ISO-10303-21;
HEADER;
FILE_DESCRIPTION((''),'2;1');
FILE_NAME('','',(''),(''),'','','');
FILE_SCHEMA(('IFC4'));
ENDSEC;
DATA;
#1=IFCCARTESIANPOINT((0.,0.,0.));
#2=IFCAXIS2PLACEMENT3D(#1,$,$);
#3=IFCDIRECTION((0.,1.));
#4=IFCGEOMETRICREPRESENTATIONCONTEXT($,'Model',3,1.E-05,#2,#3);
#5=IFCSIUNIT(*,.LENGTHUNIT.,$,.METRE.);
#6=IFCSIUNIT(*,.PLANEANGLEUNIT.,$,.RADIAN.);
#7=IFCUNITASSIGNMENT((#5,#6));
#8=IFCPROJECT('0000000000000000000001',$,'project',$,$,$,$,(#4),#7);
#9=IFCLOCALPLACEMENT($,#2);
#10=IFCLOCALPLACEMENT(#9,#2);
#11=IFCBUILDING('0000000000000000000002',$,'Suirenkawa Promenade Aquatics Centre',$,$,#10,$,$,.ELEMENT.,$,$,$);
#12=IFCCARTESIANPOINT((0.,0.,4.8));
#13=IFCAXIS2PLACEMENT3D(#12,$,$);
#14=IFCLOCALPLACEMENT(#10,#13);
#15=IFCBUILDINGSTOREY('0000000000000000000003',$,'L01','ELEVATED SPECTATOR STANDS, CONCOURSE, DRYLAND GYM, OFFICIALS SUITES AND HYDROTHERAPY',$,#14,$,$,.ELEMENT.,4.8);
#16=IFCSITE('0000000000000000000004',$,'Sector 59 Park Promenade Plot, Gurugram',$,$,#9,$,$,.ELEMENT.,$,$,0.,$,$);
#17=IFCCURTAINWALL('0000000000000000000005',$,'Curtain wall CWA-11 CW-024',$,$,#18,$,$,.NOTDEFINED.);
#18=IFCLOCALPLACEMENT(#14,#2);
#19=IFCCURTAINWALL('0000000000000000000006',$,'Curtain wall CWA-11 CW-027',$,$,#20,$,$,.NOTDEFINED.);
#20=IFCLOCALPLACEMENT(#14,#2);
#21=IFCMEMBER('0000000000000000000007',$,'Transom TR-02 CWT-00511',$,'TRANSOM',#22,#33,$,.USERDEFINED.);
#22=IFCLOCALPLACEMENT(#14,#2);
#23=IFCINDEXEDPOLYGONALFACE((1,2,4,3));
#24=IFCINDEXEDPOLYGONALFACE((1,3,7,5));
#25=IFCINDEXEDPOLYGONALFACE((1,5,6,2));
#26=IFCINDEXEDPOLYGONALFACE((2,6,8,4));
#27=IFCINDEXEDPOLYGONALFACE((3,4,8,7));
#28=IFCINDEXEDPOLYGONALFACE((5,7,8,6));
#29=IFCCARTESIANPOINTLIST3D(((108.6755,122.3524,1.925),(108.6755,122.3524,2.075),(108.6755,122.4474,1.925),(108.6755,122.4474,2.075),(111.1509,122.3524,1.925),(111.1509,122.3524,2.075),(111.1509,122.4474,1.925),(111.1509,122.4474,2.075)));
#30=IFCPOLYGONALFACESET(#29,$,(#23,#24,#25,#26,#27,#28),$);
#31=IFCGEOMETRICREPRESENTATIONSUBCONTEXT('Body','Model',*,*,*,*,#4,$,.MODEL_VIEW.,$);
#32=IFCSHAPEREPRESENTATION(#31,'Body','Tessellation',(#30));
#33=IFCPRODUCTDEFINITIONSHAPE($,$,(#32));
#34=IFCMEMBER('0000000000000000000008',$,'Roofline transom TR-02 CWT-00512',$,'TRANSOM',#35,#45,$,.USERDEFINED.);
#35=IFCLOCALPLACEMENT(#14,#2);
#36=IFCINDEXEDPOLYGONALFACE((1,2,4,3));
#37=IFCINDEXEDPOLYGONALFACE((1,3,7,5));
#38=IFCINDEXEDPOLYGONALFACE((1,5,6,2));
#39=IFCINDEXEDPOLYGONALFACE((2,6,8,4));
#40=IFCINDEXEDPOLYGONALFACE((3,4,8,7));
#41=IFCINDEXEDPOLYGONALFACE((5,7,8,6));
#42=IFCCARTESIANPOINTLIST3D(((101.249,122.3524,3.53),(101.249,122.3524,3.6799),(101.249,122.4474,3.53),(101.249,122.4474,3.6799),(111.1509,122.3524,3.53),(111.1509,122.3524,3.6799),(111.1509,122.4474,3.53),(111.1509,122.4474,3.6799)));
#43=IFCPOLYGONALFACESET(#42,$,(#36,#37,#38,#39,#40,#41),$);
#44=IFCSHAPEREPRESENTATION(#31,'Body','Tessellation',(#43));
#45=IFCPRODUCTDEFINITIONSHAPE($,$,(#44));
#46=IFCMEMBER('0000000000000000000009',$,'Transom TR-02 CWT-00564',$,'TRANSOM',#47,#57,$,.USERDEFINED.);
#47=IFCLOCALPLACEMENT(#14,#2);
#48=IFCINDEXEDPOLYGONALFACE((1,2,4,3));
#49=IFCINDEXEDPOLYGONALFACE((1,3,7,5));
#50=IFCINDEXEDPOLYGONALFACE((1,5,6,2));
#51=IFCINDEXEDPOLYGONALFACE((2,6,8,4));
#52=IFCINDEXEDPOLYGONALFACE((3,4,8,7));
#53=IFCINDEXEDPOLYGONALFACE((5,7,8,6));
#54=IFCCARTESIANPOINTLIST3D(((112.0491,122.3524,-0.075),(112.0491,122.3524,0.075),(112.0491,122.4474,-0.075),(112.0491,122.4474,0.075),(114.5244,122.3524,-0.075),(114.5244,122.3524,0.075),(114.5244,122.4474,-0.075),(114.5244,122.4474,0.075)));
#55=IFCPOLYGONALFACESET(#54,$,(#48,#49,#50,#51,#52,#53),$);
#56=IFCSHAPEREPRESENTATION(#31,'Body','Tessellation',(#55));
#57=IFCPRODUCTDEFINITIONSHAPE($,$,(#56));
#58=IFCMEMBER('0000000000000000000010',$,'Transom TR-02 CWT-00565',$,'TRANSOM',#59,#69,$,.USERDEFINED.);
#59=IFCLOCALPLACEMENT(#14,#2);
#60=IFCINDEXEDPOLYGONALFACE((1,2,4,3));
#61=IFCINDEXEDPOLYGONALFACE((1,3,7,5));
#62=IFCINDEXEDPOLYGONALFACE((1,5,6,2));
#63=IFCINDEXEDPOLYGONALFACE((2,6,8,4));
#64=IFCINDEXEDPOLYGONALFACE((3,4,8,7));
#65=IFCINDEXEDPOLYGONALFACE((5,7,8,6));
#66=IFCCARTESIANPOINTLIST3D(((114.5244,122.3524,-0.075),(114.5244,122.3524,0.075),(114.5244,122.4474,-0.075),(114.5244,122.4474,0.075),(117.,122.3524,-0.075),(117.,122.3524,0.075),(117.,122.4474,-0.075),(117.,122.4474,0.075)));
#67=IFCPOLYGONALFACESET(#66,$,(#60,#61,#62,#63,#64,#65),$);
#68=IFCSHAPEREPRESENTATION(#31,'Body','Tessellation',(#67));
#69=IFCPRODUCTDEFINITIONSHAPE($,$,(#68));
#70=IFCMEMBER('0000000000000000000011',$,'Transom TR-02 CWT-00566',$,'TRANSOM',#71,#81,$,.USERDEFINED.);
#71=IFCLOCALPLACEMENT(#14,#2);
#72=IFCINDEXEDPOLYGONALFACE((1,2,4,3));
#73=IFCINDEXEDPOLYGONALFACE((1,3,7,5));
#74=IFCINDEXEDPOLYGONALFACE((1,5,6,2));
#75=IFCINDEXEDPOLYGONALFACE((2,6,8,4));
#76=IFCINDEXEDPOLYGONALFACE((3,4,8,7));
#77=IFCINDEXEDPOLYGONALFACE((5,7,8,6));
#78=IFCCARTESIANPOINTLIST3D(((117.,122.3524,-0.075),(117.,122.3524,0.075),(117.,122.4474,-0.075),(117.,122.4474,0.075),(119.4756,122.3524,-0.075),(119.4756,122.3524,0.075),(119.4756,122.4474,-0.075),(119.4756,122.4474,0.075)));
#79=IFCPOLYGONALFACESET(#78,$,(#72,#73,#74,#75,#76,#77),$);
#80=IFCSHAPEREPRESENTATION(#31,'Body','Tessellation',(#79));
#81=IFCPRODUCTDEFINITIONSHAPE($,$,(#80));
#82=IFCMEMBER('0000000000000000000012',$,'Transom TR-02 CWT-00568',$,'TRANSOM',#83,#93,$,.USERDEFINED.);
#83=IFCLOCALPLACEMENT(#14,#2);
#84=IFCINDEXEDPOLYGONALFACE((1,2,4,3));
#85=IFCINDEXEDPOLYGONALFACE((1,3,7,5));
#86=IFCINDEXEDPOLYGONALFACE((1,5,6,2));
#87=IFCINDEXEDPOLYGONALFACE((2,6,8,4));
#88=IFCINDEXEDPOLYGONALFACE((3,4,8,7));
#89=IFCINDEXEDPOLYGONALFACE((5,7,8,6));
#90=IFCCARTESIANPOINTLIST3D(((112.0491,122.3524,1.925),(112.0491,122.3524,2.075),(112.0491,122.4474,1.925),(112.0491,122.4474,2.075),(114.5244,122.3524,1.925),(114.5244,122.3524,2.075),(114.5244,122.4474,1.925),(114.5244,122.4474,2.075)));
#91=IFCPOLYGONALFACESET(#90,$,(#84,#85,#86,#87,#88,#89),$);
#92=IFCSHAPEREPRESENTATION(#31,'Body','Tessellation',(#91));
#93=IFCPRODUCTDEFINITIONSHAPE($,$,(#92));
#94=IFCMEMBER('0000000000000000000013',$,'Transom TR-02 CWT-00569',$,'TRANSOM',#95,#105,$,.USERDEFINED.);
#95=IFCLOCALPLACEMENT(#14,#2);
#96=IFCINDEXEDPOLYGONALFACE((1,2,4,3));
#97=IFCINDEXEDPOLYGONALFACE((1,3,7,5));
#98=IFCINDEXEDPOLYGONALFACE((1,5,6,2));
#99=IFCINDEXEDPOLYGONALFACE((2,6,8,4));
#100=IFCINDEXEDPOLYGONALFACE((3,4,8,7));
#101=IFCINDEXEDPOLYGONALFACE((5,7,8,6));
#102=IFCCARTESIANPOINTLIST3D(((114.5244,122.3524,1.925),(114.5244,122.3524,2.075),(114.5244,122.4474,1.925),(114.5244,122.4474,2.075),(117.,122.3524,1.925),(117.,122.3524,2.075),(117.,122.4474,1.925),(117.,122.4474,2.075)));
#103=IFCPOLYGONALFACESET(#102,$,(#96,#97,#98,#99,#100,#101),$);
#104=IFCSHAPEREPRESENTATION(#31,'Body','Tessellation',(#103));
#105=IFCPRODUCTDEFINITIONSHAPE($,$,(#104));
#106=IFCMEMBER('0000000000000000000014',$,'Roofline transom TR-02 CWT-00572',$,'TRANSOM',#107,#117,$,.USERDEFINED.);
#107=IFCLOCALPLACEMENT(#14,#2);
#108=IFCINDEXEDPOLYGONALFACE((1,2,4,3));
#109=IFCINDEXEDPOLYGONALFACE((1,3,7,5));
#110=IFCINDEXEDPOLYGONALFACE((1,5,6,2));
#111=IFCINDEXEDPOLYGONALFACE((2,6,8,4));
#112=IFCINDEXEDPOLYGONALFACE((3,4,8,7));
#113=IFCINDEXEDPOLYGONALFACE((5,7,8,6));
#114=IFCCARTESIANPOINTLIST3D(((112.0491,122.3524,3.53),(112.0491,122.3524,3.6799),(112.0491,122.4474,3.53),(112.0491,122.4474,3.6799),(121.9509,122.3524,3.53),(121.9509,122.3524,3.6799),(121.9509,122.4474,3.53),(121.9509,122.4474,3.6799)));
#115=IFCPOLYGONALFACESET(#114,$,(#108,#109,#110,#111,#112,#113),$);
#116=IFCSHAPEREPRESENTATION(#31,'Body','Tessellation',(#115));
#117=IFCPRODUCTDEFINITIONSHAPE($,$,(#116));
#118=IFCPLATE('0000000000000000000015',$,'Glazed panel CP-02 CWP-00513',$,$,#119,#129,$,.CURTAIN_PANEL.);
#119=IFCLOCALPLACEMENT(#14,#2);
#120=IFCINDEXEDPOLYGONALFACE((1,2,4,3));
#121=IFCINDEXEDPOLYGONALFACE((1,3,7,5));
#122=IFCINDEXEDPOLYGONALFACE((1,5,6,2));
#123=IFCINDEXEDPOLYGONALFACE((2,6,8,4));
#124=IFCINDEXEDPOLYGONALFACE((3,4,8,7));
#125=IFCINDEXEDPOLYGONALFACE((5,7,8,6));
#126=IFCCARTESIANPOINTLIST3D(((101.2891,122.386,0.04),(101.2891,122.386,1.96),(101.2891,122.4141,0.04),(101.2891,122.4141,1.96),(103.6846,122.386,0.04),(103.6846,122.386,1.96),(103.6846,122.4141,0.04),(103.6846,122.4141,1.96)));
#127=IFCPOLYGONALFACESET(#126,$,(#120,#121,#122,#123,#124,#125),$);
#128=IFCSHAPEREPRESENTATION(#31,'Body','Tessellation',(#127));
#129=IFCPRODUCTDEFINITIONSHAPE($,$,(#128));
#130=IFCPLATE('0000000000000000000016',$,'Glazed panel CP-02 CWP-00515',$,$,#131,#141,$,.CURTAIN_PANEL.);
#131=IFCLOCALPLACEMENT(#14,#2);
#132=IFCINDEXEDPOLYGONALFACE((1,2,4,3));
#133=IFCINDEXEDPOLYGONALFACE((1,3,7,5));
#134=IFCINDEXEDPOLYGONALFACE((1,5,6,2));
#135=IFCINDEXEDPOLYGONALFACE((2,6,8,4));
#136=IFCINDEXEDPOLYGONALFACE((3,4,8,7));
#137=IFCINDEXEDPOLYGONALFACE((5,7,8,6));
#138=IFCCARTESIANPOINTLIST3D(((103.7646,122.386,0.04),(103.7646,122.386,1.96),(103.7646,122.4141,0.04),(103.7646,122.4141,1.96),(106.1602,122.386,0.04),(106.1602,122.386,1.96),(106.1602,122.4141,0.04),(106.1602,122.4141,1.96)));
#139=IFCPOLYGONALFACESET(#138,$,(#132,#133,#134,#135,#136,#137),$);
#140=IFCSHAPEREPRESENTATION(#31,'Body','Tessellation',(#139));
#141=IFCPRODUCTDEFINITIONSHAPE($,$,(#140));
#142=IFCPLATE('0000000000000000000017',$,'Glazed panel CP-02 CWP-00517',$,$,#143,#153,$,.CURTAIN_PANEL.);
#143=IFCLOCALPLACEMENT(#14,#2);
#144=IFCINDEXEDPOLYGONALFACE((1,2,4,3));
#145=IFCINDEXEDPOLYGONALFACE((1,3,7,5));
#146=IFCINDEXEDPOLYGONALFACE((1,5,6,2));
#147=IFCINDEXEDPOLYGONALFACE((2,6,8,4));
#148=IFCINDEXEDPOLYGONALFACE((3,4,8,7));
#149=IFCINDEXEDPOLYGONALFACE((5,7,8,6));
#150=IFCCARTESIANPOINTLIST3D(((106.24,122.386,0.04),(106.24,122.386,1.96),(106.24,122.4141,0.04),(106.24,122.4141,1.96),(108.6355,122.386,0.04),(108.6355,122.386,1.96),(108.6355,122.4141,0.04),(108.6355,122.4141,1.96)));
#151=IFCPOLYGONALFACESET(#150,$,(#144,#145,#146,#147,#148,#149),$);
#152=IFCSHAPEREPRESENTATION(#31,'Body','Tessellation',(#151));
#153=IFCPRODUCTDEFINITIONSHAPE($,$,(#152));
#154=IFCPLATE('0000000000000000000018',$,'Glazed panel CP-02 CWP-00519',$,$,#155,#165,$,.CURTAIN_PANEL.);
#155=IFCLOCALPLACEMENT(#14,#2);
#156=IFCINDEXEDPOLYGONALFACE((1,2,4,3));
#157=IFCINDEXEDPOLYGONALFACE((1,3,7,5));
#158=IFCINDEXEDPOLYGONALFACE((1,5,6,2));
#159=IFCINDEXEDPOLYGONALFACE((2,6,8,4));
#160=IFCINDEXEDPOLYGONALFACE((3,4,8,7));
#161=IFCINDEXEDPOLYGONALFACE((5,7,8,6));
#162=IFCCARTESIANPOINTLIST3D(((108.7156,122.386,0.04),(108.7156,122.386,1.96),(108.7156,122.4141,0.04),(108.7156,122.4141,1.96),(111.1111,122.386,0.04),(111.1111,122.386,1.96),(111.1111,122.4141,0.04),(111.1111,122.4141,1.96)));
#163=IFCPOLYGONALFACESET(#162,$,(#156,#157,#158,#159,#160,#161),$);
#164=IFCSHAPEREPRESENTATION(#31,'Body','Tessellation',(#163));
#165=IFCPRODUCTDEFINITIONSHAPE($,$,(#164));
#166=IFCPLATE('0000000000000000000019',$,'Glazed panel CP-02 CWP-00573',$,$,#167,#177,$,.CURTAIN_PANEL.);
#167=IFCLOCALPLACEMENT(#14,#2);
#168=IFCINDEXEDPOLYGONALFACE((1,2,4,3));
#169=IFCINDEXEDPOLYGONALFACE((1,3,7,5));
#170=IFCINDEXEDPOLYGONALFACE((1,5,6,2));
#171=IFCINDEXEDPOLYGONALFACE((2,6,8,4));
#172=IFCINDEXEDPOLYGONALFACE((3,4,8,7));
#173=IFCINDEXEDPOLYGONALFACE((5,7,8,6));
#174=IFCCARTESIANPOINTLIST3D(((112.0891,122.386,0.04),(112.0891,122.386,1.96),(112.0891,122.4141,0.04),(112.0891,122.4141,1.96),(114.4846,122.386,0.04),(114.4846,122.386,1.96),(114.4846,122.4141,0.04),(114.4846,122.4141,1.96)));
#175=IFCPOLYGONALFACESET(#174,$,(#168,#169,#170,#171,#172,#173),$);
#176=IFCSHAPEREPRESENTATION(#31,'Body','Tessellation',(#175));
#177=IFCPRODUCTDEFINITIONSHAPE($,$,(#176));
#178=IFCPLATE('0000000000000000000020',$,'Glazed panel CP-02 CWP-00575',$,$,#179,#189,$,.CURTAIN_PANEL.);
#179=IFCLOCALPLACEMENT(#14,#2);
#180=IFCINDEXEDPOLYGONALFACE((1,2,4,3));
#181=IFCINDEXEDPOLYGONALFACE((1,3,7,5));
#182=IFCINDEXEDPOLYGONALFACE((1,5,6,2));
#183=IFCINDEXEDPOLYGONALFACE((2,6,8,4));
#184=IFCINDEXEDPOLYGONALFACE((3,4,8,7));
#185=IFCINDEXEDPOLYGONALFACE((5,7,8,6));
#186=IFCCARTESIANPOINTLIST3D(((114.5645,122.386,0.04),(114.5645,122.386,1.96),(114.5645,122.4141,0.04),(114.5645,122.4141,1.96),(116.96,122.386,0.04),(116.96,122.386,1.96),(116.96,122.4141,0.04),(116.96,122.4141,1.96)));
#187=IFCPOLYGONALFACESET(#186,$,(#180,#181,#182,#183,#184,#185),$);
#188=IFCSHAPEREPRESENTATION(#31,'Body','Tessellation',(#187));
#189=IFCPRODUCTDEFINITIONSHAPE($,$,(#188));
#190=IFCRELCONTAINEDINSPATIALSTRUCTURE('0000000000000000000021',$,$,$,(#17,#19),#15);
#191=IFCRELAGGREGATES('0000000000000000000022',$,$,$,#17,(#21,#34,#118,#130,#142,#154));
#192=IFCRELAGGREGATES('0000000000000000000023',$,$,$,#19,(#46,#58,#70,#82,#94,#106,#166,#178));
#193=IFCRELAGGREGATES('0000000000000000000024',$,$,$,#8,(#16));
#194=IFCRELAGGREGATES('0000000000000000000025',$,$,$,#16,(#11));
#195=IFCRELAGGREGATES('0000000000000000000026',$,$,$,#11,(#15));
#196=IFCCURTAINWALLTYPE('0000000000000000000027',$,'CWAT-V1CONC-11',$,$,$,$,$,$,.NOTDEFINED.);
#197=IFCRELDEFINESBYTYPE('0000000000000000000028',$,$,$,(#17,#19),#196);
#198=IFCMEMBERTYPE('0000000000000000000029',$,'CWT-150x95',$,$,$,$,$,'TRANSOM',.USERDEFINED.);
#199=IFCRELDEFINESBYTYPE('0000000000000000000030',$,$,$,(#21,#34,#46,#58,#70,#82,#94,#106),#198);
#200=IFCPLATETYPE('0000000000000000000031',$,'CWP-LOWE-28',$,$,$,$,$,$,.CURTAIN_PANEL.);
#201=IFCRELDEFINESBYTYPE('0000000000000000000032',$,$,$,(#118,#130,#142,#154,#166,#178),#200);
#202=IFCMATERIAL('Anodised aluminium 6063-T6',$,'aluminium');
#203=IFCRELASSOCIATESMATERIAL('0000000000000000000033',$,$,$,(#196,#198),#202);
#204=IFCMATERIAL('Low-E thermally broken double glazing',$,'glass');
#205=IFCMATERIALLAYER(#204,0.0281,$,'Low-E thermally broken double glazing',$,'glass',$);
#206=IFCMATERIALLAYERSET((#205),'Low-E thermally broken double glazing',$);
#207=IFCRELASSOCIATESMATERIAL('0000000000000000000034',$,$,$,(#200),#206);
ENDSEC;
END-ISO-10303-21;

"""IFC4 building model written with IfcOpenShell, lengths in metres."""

from ifc_helpers import new_model, si_unit, direction, frame, origin, origin_2d, place, context, subcontext, project, spatial, polyline, rectangle, outline, extrude, material, layer, layer_set, material_profile, profile_set, type_object, element, aggregate, save


model = new_model("IFC4")

# Units and contexts
model_context = context("Model", 3, precision=1e-05, world=origin(), true_north=direction((0.0, 1.0)))
body_context = subcontext(model_context, "Body", "Model", "MODEL_VIEW")
ifc_project = project(units=[si_unit("LENGTHUNIT", "METRE"), si_unit("PLANEANGLEUNIT", "RADIAN")], contexts=[model_context])

# Site, building, storey
site_placement = place(None, origin())
site = spatial("IfcSite", under=ifc_project, at=site_placement, Name="Sector 59 Park Promenade Plot, Gurugram", CompositionType="ELEMENT", RefElevation=0.0)
building_placement = place(site_placement, origin())
building = spatial("IfcBuilding", under=site, at=building_placement, Name="Suirenkawa Promenade Aquatics Centre", CompositionType="ELEMENT")
storey_placement = place(building_placement, frame((0.0, 0.0, 4.8)))
storey = spatial("IfcBuildingStorey", under=building, at=storey_placement, Name="L01", Description="ELEVATED SPECTATOR STANDS, CONCOURSE, DRYLAND GYM, OFFICIALS SUITES AND HYDROTHERAPY", CompositionType="ELEMENT", Elevation=4.8)

# Curtain walls
ifc_material_1 = material(Name="Anodised aluminium 6063-T6", Category="aluminium")
curtain_wall_type = type_object("IfcCurtainWallType", Name="CWAT-V1CONC-11", PredefinedType="NOTDEFINED", material=ifc_material_1)
curtain_wall_1_placement = place(storey_placement, origin())
curtain_wall_1 = element("IfcCurtainWall", 1, at=curtain_wall_1_placement, inside=storey, type_object=curtain_wall_type, Name="Curtain wall CWA-11 CW-024", PredefinedType="NOTDEFINED")
curtain_wall_2_placement = place(storey_placement, origin())
curtain_wall_2 = element("IfcCurtainWall", 2, at=curtain_wall_2_placement, inside=storey, type_object=curtain_wall_type, Name="Curtain wall CWA-11 CW-027", PredefinedType="NOTDEFINED")

# Members
ifc_material_profile_1 = material_profile(ifc_material_1, rectangle(XDim=0.095, YDim=0.1499, at=origin_2d()), Name="ALU TRAN 95x150", Category="aluminium")
ifc_profile_set_1 = profile_set([ifc_material_profile_1], Name="Anodised aluminium 6063-T6")
member_type_1 = type_object("IfcMemberType", Name="CWT-150x95", ElementType="TRANSOM", PredefinedType="USERDEFINED", material=ifc_profile_set_1)
member_1_placement = place(storey_placement, frame((108.6755, 122.3999, 2.0), z_axis=(1.0, 0.0, 0.0), x_axis=(0.0, 1.0, 0.0)))
member_1 = element("IfcMember", 3, at=member_1_placement, type_object=member_type_1, Name="Transom TR-02 CWT-00511", ObjectType="TRANSOM", PredefinedType="USERDEFINED", context=body_context, shape_type="SweptSolid", body=[
    extrude(rectangle(XDim=0.095, YDim=0.1499, at=origin_2d()), origin(), (0.0, 0.0, 1.0), 2.4753),
])
member_2_placement = place(storey_placement, frame((101.249, 122.3999, 3.605), z_axis=(1.0, 0.0, 0.0), x_axis=(0.0, 1.0, 0.0)))
member_2 = element("IfcMember", 4, at=member_2_placement, type_object=member_type_1, Name="Roofline transom TR-02 CWT-00512", ObjectType="TRANSOM", PredefinedType="USERDEFINED", context=body_context, shape_type="SweptSolid", body=[
    extrude(rectangle(XDim=0.095, YDim=0.1499, at=origin_2d()), origin(), (0.0, 0.0, 1.0), 9.9019),
])
member_3_placement = place(storey_placement, frame((112.0491, 122.3999, 0.0), z_axis=(1.0, 0.0, 0.0), x_axis=(0.0, 1.0, 0.0)))
member_3 = element("IfcMember", 5, at=member_3_placement, type_object=member_type_1, Name="Transom TR-02 CWT-00564", ObjectType="TRANSOM", PredefinedType="USERDEFINED", context=body_context, shape_type="SweptSolid", body=[
    extrude(rectangle(XDim=0.095, YDim=0.1499, at=origin_2d()), origin(), (0.0, 0.0, 1.0), 2.4753),
])
member_4_placement = place(storey_placement, frame((114.5244, 122.3999, 0.0), z_axis=(1.0, 0.0, 0.0), x_axis=(0.0, 1.0, 0.0)))
member_4 = element("IfcMember", 6, at=member_4_placement, type_object=member_type_1, Name="Transom TR-02 CWT-00565", ObjectType="TRANSOM", PredefinedType="USERDEFINED", context=body_context, shape_type="SweptSolid", body=[
    extrude(rectangle(XDim=0.095, YDim=0.1499, at=origin_2d()), origin(), (0.0, 0.0, 1.0), 2.4756),
])
member_5_placement = place(storey_placement, frame((117.0, 122.3999, 0.0), z_axis=(1.0, 0.0, 0.0), x_axis=(0.0, 1.0, 0.0)))
member_5 = element("IfcMember", 7, at=member_5_placement, type_object=member_type_1, Name="Transom TR-02 CWT-00566", ObjectType="TRANSOM", PredefinedType="USERDEFINED", context=body_context, shape_type="SweptSolid", body=[
    extrude(rectangle(XDim=0.095, YDim=0.1499, at=origin_2d()), origin(), (0.0, 0.0, 1.0), 2.4756),
])
member_6_placement = place(storey_placement, frame((112.0491, 122.3999, 2.0), z_axis=(1.0, 0.0, 0.0), x_axis=(0.0, 1.0, 0.0)))
member_6 = element("IfcMember", 8, at=member_6_placement, type_object=member_type_1, Name="Transom TR-02 CWT-00568", ObjectType="TRANSOM", PredefinedType="USERDEFINED", context=body_context, shape_type="SweptSolid", body=[
    extrude(rectangle(XDim=0.095, YDim=0.1499, at=origin_2d()), origin(), (0.0, 0.0, 1.0), 2.4753),
])
member_7_placement = place(storey_placement, frame((114.5244, 122.3999, 2.0), z_axis=(1.0, 0.0, 0.0), x_axis=(0.0, 1.0, 0.0)))
member_7 = element("IfcMember", 9, at=member_7_placement, type_object=member_type_1, Name="Transom TR-02 CWT-00569", ObjectType="TRANSOM", PredefinedType="USERDEFINED", context=body_context, shape_type="SweptSolid", body=[
    extrude(rectangle(XDim=0.095, YDim=0.1499, at=origin_2d()), origin(), (0.0, 0.0, 1.0), 2.4756),
])
member_8_placement = place(storey_placement, frame((112.0491, 122.3999, 3.605), z_axis=(1.0, 0.0, 0.0), x_axis=(0.0, 1.0, 0.0)))
member_8 = element("IfcMember", 10, at=member_8_placement, type_object=member_type_1, Name="Roofline transom TR-02 CWT-00572", ObjectType="TRANSOM", PredefinedType="USERDEFINED", context=body_context, shape_type="SweptSolid", body=[
    extrude(rectangle(XDim=0.095, YDim=0.1499, at=origin_2d()), origin(), (0.0, 0.0, 1.0), 9.9019),
])

# Plates
ifc_material_2 = material(Name="Low-E thermally broken double glazing", Category="glass")
ifc_layer = layer(ifc_material_2, 0.0281, Name="Low-E thermally broken double glazing", Category="glass")
ifc_layer_set = layer_set([ifc_layer], Name="Low-E thermally broken double glazing")
plate_type = type_object("IfcPlateType", Name="CWP-LOWE-28", PredefinedType="CURTAIN_PANEL", material=ifc_layer_set)
plate_1_placement = place(storey_placement, frame((101.249, 122.3999, 0.04), z_axis=(0.0, 0.0, 1.0), x_axis=(1.0, 0.0, 0.0)))
plate_1 = element("IfcPlate", 11, at=plate_1_placement, type_object=plate_type, Name="Glazed panel CP-02 CWP-00513", PredefinedType="CURTAIN_PANEL", context=body_context, shape_type="SweptSolid", body=[
    extrude(outline(polyline([(0.04, 0.0), (2.4355, 0.0), (2.4355, 1.9199), (0.04, 1.9199), (0.04, 0.0)])), frame((0.0, 0.0142, 0.0), z_axis=(0.0, -1.0, 0.0), x_axis=(1.0, 0.0, 0.0)), (0.0, 0.0, 1.0), 0.0281),
])
plate_2_placement = place(storey_placement, frame((103.7246, 122.3999, 0.04), z_axis=(0.0, 0.0, 1.0), x_axis=(1.0, 0.0, 0.0)))
plate_2 = element("IfcPlate", 12, at=plate_2_placement, type_object=plate_type, Name="Glazed panel CP-02 CWP-00515", PredefinedType="CURTAIN_PANEL", context=body_context, shape_type="SweptSolid", body=[
    extrude(outline(polyline([(0.04, 0.0), (2.4355, 0.0), (2.4355, 1.9199), (0.04, 1.9199), (0.04, 0.0)])), frame((0.0, 0.0142, 0.0), z_axis=(0.0, -1.0, 0.0), x_axis=(1.0, 0.0, 0.0)), (0.0, 0.0, 1.0), 0.0281),
])
plate_3_placement = place(storey_placement, frame((106.2, 122.3999, 0.04), z_axis=(0.0, 0.0, 1.0), x_axis=(1.0, 0.0, 0.0)))
plate_3 = element("IfcPlate", 13, at=plate_3_placement, type_object=plate_type, Name="Glazed panel CP-02 CWP-00517", PredefinedType="CURTAIN_PANEL", context=body_context, shape_type="SweptSolid", body=[
    extrude(outline(polyline([(0.04, 0.0), (2.4355, 0.0), (2.4355, 1.9199), (0.04, 1.9199), (0.04, 0.0)])), frame((0.0, 0.0142, 0.0), z_axis=(0.0, -1.0, 0.0), x_axis=(1.0, 0.0, 0.0)), (0.0, 0.0, 1.0), 0.0281),
])
plate_4_placement = place(storey_placement, frame((108.6755, 122.3999, 0.04), z_axis=(0.0, 0.0, 1.0), x_axis=(1.0, 0.0, 0.0)))
plate_4 = element("IfcPlate", 14, at=plate_4_placement, type_object=plate_type, Name="Glazed panel CP-02 CWP-00519", PredefinedType="CURTAIN_PANEL", context=body_context, shape_type="SweptSolid", body=[
    extrude(outline(polyline([(0.04, 0.0), (2.4355, 0.0), (2.4355, 1.9199), (0.04, 1.9199), (0.04, 0.0)])), frame((0.0, 0.0142, 0.0), z_axis=(0.0, -1.0, 0.0), x_axis=(1.0, 0.0, 0.0)), (0.0, 0.0, 1.0), 0.0281),
])
aggregate(curtain_wall_1, [member_1, member_2, plate_1, plate_2, plate_3, plate_4])
plate_5_placement = place(storey_placement, frame((112.0491, 122.3999, 0.04), z_axis=(0.0, 0.0, 1.0), x_axis=(1.0, 0.0, 0.0)))
plate_5 = element("IfcPlate", 15, at=plate_5_placement, type_object=plate_type, Name="Glazed panel CP-02 CWP-00573", PredefinedType="CURTAIN_PANEL", context=body_context, shape_type="SweptSolid", body=[
    extrude(outline(polyline([(0.04, 0.0), (2.4355, 0.0), (2.4355, 1.9199), (0.04, 1.9199), (0.04, 0.0)])), frame((0.0, 0.0142, 0.0), z_axis=(0.0, -1.0, 0.0), x_axis=(1.0, 0.0, 0.0)), (0.0, 0.0, 1.0), 0.0281),
])
plate_6_placement = place(storey_placement, frame((114.5244, 122.3999, 0.04), z_axis=(0.0, 0.0, 1.0), x_axis=(1.0, 0.0, 0.0)))
plate_6 = element("IfcPlate", 16, at=plate_6_placement, type_object=plate_type, Name="Glazed panel CP-02 CWP-00575", PredefinedType="CURTAIN_PANEL", context=body_context, shape_type="SweptSolid", body=[
    extrude(outline(polyline([(0.04, 0.0), (2.4355, 0.0), (2.4355, 1.9199), (0.04, 1.9199), (0.04, 0.0)])), frame((0.0, 0.0142, 0.0), z_axis=(0.0, -1.0, 0.0), x_axis=(1.0, 0.0, 0.0)), (0.0, 0.0, 1.0), 0.0281),
])
aggregate(curtain_wall_2, [member_3, member_4, member_5, member_6, member_7, member_8, plate_5, plate_6])

save(model, "model.ifc")
